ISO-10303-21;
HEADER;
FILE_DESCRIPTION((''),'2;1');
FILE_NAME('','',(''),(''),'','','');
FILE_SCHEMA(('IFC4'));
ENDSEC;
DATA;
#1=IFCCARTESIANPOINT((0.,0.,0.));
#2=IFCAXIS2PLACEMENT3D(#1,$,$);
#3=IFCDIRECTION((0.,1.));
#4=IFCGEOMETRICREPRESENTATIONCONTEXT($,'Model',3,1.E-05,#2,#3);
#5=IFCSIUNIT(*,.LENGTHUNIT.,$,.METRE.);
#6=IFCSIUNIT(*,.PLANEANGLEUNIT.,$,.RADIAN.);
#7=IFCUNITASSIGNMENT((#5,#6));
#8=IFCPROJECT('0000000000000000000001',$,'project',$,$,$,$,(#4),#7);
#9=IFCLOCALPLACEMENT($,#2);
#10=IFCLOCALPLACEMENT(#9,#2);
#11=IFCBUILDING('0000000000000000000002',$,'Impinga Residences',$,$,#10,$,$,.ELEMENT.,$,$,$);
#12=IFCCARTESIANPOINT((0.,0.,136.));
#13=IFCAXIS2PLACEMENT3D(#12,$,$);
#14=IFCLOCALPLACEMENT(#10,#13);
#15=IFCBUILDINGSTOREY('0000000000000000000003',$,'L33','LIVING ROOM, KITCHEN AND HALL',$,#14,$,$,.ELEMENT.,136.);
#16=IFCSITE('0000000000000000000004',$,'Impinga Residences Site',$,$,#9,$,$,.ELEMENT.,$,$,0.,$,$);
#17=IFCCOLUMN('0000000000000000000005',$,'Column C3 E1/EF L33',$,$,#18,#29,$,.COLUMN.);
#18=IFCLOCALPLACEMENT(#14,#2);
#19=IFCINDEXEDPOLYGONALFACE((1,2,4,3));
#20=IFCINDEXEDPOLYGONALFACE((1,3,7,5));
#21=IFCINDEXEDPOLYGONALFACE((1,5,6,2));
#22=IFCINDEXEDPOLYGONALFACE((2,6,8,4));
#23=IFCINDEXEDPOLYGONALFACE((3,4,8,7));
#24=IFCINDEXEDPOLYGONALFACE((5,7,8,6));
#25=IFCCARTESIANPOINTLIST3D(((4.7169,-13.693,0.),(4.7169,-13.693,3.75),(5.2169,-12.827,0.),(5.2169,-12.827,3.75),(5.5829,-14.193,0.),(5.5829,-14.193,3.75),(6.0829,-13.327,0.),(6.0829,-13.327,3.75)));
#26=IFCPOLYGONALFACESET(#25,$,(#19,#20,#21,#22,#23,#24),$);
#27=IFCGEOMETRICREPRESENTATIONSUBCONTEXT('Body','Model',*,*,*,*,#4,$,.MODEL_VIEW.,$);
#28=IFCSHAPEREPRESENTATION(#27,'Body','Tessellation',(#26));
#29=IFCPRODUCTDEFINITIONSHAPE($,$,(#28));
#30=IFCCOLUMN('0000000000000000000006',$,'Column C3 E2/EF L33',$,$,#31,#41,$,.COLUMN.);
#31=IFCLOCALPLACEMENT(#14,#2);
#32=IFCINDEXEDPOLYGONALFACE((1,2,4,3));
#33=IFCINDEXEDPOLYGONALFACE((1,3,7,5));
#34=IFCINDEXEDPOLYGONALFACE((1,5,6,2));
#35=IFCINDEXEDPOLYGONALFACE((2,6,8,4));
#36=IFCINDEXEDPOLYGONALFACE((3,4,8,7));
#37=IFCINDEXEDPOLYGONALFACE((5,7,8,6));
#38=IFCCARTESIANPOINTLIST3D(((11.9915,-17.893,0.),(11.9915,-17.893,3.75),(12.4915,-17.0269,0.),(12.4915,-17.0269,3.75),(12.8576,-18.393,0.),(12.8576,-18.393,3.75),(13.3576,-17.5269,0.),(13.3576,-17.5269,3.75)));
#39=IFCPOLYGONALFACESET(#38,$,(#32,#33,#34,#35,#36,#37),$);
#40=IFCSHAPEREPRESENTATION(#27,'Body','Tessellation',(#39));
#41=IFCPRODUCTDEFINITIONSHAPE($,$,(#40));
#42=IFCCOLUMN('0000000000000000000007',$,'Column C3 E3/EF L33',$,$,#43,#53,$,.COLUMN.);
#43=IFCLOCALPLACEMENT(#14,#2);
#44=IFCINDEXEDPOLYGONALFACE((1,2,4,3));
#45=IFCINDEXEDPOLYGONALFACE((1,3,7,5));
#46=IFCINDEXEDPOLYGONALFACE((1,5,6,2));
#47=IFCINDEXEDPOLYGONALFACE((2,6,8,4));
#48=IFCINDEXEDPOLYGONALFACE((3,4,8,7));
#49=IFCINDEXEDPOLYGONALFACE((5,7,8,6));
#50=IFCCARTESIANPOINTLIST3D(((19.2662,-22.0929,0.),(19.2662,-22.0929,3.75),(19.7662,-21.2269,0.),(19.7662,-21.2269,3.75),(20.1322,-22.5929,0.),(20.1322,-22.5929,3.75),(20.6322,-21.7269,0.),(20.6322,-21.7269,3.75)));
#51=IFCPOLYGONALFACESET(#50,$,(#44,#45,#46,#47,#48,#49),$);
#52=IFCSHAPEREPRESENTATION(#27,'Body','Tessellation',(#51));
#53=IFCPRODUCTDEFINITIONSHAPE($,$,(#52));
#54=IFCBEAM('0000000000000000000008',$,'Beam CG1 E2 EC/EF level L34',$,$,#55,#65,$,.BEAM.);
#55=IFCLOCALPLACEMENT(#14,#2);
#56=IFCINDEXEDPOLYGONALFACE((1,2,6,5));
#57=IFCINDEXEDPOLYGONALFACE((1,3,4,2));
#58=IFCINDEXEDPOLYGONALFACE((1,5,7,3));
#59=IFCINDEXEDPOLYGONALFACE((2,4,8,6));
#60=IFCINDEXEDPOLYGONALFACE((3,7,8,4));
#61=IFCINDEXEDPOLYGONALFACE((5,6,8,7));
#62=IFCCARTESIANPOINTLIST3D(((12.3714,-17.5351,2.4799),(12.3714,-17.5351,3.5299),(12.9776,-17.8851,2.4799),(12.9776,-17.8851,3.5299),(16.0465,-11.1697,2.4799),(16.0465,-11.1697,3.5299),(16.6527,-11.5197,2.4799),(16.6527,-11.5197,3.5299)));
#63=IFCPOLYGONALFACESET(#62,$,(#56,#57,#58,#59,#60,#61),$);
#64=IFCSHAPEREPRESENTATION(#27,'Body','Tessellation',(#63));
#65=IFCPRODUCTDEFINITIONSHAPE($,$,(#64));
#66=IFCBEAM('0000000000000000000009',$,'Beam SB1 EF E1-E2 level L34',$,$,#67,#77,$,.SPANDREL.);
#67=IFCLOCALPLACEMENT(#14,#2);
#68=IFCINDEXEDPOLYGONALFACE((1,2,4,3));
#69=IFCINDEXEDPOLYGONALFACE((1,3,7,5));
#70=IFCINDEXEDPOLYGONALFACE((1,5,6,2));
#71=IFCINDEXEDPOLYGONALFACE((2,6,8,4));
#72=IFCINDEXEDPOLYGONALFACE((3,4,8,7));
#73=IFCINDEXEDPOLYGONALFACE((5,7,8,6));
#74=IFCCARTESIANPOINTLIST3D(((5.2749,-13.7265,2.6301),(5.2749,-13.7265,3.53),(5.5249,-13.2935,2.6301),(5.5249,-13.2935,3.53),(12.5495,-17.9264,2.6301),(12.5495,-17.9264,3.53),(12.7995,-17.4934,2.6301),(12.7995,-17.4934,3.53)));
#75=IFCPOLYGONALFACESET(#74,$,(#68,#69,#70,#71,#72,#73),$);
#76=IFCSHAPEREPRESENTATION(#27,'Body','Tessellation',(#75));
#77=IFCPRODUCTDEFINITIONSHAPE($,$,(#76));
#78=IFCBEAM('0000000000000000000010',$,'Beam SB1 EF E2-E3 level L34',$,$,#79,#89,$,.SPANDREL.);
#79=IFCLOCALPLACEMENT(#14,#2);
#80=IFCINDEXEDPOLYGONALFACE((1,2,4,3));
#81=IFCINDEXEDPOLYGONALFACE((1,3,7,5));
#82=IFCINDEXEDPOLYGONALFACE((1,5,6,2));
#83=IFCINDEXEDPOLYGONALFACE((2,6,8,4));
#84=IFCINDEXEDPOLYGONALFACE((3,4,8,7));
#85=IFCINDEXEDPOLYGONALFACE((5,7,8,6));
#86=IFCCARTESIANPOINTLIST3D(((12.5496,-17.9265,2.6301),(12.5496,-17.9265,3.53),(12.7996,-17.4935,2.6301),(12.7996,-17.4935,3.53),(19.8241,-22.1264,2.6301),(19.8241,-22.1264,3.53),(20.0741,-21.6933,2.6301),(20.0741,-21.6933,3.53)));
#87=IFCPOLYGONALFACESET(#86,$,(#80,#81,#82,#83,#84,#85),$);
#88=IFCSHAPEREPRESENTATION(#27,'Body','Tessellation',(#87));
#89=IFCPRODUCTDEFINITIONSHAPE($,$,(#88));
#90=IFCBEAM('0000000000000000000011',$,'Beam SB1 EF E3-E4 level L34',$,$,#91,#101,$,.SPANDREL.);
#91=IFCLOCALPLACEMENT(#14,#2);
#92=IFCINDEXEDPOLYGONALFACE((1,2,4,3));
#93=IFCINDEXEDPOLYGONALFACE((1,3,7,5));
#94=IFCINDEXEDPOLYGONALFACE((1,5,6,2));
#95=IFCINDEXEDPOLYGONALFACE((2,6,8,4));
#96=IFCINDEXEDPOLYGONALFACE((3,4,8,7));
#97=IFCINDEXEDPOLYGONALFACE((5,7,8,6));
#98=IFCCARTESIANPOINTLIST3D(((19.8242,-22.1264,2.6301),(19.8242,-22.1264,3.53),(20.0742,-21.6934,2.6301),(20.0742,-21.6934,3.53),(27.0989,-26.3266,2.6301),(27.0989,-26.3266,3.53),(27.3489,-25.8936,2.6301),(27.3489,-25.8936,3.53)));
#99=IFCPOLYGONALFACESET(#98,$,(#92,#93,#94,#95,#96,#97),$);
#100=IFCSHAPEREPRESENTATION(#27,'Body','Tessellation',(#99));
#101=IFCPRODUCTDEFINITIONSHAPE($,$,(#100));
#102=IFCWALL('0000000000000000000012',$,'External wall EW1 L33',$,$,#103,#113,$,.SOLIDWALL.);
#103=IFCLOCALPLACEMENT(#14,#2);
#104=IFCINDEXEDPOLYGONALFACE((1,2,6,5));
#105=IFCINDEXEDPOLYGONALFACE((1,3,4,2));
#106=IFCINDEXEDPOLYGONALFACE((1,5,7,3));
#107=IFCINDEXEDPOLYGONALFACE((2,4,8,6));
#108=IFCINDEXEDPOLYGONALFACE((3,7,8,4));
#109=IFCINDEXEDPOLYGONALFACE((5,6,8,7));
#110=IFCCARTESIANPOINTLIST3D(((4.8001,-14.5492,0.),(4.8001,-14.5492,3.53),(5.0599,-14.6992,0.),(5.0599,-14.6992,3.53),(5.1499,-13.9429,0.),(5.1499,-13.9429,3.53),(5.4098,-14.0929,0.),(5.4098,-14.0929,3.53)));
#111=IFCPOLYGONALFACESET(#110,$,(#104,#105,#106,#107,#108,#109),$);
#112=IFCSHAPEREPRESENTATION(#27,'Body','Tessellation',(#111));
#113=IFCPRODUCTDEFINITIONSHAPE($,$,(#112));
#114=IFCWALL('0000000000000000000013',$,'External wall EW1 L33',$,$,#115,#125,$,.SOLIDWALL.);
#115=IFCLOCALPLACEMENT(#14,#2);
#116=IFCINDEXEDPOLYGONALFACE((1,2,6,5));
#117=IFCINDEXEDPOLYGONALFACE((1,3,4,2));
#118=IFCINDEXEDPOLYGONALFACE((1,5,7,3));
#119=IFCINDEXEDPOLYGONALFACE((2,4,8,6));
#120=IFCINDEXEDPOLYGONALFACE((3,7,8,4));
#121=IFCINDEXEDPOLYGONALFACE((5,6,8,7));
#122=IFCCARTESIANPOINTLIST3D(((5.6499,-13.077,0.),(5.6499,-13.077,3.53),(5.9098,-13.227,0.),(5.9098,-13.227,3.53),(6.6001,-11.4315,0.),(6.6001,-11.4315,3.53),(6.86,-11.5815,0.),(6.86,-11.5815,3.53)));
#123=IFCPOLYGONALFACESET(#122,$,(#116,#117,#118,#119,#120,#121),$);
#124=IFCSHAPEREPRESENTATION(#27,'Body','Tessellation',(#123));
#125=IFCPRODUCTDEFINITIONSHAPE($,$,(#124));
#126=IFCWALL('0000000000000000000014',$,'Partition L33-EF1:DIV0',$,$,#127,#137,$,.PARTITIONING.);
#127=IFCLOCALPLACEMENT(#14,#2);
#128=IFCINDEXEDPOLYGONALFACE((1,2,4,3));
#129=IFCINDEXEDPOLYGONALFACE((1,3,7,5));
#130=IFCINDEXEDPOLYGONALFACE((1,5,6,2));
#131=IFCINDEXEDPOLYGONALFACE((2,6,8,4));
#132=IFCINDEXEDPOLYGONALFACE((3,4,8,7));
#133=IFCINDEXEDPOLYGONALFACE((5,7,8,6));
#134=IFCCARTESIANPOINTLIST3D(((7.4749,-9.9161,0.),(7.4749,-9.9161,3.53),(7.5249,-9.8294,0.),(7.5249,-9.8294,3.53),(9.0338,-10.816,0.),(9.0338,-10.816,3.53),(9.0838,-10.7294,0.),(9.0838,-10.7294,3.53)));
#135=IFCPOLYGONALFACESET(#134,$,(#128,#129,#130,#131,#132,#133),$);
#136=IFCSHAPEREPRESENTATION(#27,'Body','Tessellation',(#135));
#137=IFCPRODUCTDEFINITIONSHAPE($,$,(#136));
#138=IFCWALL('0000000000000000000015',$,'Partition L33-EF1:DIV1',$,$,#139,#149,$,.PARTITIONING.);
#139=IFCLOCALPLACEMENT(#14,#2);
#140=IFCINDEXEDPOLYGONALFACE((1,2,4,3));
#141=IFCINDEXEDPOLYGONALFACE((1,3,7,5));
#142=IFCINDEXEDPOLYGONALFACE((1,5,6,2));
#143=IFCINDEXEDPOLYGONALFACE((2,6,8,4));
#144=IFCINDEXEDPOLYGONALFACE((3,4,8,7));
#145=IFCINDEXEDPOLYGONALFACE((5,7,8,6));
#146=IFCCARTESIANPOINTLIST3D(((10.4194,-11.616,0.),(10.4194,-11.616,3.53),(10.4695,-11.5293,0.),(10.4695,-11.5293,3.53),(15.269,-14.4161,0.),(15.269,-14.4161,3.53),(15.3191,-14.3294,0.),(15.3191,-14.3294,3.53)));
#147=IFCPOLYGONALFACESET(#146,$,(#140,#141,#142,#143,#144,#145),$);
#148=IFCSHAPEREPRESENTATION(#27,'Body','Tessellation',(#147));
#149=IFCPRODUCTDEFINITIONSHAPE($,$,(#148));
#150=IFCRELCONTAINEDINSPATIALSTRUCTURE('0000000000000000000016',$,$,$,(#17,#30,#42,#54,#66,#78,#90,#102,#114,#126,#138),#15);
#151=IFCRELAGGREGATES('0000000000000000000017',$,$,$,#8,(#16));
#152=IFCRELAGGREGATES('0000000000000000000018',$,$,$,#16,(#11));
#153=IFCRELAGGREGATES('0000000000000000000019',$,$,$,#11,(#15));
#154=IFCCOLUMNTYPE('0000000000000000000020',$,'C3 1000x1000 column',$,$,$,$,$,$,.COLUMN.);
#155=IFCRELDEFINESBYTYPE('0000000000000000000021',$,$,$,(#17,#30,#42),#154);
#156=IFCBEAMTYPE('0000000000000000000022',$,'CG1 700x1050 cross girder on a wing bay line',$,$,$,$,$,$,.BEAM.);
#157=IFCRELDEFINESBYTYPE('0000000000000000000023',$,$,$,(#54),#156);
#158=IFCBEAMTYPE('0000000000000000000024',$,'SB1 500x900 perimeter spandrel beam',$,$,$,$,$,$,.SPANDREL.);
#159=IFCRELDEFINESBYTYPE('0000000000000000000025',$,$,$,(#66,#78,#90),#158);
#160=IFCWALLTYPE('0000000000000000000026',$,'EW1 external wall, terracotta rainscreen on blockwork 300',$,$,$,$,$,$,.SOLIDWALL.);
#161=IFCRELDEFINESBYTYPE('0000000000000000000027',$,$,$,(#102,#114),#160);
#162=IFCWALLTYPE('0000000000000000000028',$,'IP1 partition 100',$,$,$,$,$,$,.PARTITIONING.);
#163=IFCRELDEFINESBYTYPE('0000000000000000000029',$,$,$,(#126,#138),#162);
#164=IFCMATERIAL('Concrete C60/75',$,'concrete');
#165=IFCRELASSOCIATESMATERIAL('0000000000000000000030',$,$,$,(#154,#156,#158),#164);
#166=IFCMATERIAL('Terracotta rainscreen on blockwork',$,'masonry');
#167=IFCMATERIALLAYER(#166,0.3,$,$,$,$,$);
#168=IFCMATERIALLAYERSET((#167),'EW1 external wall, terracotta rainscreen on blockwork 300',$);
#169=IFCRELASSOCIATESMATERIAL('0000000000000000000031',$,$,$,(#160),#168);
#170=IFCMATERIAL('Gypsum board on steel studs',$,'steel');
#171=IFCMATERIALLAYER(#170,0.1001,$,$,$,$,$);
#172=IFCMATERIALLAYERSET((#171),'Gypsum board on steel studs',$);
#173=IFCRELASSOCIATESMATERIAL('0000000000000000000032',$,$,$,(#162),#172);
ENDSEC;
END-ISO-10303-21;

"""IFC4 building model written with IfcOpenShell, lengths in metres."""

from ifc_helpers import new_model, si_unit, direction, frame, frame_2d, origin, origin_2d, place, context, subcontext, project, spatial, rectangle, extrude, material, layer, layer_set, material_profile, profile_set, type_object, element, save


model = new_model("IFC4")

# Units and contexts
model_context = context("Model", 3, precision=1e-05, world=origin(), true_north=direction((0.0, 1.0)))
body_context = subcontext(model_context, "Body", "Model", "MODEL_VIEW")
ifc_project = project(units=[si_unit("LENGTHUNIT", "METRE"), si_unit("PLANEANGLEUNIT", "RADIAN")], contexts=[model_context])

# Site, building, storey
site_placement = place(None, origin())
site = spatial("IfcSite", under=ifc_project, at=site_placement, Name="Impinga Residences Site", CompositionType="ELEMENT", RefElevation=0.0)
building_placement = place(site_placement, origin())
building = spatial("IfcBuilding", under=site, at=building_placement, Name="Impinga Residences", CompositionType="ELEMENT")
storey_placement = place(building_placement, frame((0.0, 0.0, 136.0)))
storey = spatial("IfcBuildingStorey", under=building, at=storey_placement, Name="L33", Description="LIVING ROOM, KITCHEN AND HALL", CompositionType="ELEMENT", Elevation=136.0)

# Columns
ifc_material_1 = material(Name="Concrete C60/75", Category="concrete")
ifc_material_profile_1 = material_profile(ifc_material_1, rectangle(XDim=1.0, YDim=1.0, at=origin_2d()), Name="RC 1000x1000")
ifc_profile_set_1 = profile_set([ifc_material_profile_1], Name="Concrete C60/75")
column_type = type_object("IfcColumnType", Name="C3 1000x1000 column", PredefinedType="COLUMN", material=ifc_profile_set_1)
for number, where, z_axis, x_axis, name in (
    (1, (5.3999, -13.51, 0.0), (0.0, 0.0, 1.0), (-0.5, -0.866025, 0.0), "Column C3 E1/EF L33"),
    (2, (12.6746, -17.71, 0.0), (0.0, 0.0, 1.0), (-0.5, -0.866025, 0.0), "Column C3 E2/EF L33"),
    (3, (19.9492, -21.9099, 0.0), (0.0, 0.0, 1.0), (-0.5, -0.866025, 0.0), "Column C3 E3/EF L33"),
):
    element("IfcColumn", number, at=place(storey_placement, frame(where, z_axis=z_axis, x_axis=x_axis)), inside=storey, type_object=column_type, Name=name, PredefinedType="COLUMN", context=body_context, shape_type="SweptSolid", body=[
        extrude(rectangle(XDim=1.0, YDim=1.0, at=origin_2d()), origin(), (0.0, 0.0, 1.0), 3.75),
    ])

# Beams
ifc_material_profile_2 = material_profile(ifc_material_1, rectangle(XDim=0.7, YDim=1.05, at=origin_2d()), Name="RC 700x1050")
ifc_profile_set_2 = profile_set([ifc_material_profile_2], Name="Concrete C60/75")
beam_type_1 = type_object("IfcBeamType", Name="CG1 700x1050 cross girder on a wing bay line", PredefinedType="BEAM", material=ifc_profile_set_2)
beam_1_placement = place(storey_placement, frame((16.3496, -11.3447, 3.0049), z_axis=(-0.500008, -0.866021, 0.0), x_axis=(0.866021, -0.500008, 0.0)))
element("IfcBeam", 4, at=beam_1_placement, inside=storey, type_object=beam_type_1, Name="Beam CG1 E2 EC/EF level L34", PredefinedType="BEAM", context=body_context, shape_type="SweptSolid", body=[
    extrude(rectangle(XDim=0.7, YDim=1.05, at=origin_2d()), origin(), (0.0, 0.0, 1.0), 7.3501),
])
ifc_material_profile_3 = material_profile(ifc_material_1, rectangle(XDim=0.5, YDim=0.8999, at=origin_2d()), Name="RC 500x900")
ifc_profile_set_3 = profile_set([ifc_material_profile_3], Name="Concrete C60/75")
beam_type_2 = type_object("IfcBeamType", Name="SB1 500x900 perimeter spandrel beam", PredefinedType="SPANDREL", material=ifc_profile_set_3)
for number, where, z_axis, x_axis, name in (
    (5, (5.3999, -13.51, 3.0801), (0.866029, -0.499993, 0.0), (0.499993, 0.866029, 0.0), "Beam SB1 EF E1-E2 level L34"),
    (6, (12.6746, -17.71, 3.0801), (0.866029, -0.499993, 0.0), (0.499993, 0.866029, 0.0), "Beam SB1 EF E2-E3 level L34"),
):
    element("IfcBeam", number, at=place(storey_placement, frame(where, z_axis=z_axis, x_axis=x_axis)), inside=storey, type_object=beam_type_2, Name=name, PredefinedType="SPANDREL", context=body_context, shape_type="SweptSolid", body=[
        extrude(rectangle(XDim=0.5, YDim=0.8999, at=origin_2d()), origin(), (0.0, 0.0, 1.0), 8.3999),
    ])
beam_2_placement = place(storey_placement, frame((19.9492, -21.9099, 3.0801), z_axis=(0.866017, -0.500015, 0.0), x_axis=(0.500015, 0.866017, 0.0)))
element("IfcBeam", 7, at=beam_2_placement, inside=storey, type_object=beam_type_2, Name="Beam SB1 EF E3-E4 level L34", PredefinedType="SPANDREL", context=body_context, shape_type="SweptSolid", body=[
    extrude(rectangle(XDim=0.5, YDim=0.8999, at=origin_2d()), origin(), (0.0, 0.0, 1.0), 8.4001),
])

# Walls
ifc_material_2 = material(Name="Terracotta rainscreen on blockwork", Category="masonry")
ifc_layer_1 = layer(ifc_material_2, 0.3)
ifc_layer_set_1 = layer_set([ifc_layer_1], Name="EW1 external wall, terracotta rainscreen on blockwork 300")
wall_type_1 = type_object("IfcWallType", Name="EW1 external wall, terracotta rainscreen on blockwork 300", PredefinedType="SOLIDWALL", material=ifc_layer_set_1)
wall_1_placement = place(storey_placement, frame((4.9299, -14.6243, 0.0), z_axis=(0.0, 0.0, 1.0), x_axis=(0.499853, 0.86611, 0.0)))
element("IfcWall", 8, at=wall_1_placement, inside=storey, type_object=wall_type_1, Name="External wall EW1 L33", PredefinedType="SOLIDWALL", context=body_context, shape_type="SweptSolid", body=[
    extrude(rectangle(XDim=0.7, YDim=0.3, at=frame_2d((0.3501, 0.0))), origin(), (0.0, 0.0, 1.0), 3.53),
])
wall_2_placement = place(storey_placement, frame((5.7798, -13.1521, 0.0), z_axis=(0.0, 0.0, 1.0), x_axis=(0.500064, 0.865989, 0.0)))
element("IfcWall", 9, at=wall_2_placement, inside=storey, type_object=wall_type_1, Name="External wall EW1 L33", PredefinedType="SOLIDWALL", context=body_context, shape_type="SweptSolid", body=[
    extrude(rectangle(XDim=1.9001, YDim=0.3, at=frame_2d((0.9502, 0.0))), origin(), (0.0, 0.0, 1.0), 3.53),
])
ifc_material_3 = material(Name="Gypsum board on steel studs", Category="steel")
ifc_layer_2 = layer(ifc_material_3, 0.1001)
ifc_layer_set_2 = layer_set([ifc_layer_2], Name="Gypsum board on steel studs")
wall_type_2 = type_object("IfcWallType", Name="IP1 partition 100", PredefinedType="PARTITIONING", material=ifc_layer_set_2)
wall_3_placement = place(storey_placement, frame((7.5, -9.8728, 0.0), z_axis=(0.0, 0.0, 1.0), x_axis=(0.866048, -0.499961, 0.0)))
element("IfcWall", 10, at=wall_3_placement, inside=storey, type_object=wall_type_2, Name="Partition L33-EF1:DIV0", PredefinedType="PARTITIONING", context=body_context, shape_type="SweptSolid", body=[
    extrude(rectangle(XDim=1.8, YDim=0.1001, at=frame_2d((0.8999, 0.0))), origin(), (0.0, 0.0, 1.0), 3.53),
])
wall_4_placement = place(storey_placement, frame((10.4446, -11.5728, 0.0), z_axis=(0.0, 0.0, 1.0), x_axis=(0.866016, -0.500017, 0.0)))
element("IfcWall", 11, at=wall_4_placement, inside=storey, type_object=wall_type_2, Name="Partition L33-EF1:DIV1", PredefinedType="PARTITIONING", context=body_context, shape_type="SweptSolid", body=[
    extrude(rectangle(XDim=5.5999, YDim=0.1001, at=frame_2d((2.7998, 0.0))), origin(), (0.0, 0.0, 1.0), 3.53),
])

save(model, "model.ifc")
